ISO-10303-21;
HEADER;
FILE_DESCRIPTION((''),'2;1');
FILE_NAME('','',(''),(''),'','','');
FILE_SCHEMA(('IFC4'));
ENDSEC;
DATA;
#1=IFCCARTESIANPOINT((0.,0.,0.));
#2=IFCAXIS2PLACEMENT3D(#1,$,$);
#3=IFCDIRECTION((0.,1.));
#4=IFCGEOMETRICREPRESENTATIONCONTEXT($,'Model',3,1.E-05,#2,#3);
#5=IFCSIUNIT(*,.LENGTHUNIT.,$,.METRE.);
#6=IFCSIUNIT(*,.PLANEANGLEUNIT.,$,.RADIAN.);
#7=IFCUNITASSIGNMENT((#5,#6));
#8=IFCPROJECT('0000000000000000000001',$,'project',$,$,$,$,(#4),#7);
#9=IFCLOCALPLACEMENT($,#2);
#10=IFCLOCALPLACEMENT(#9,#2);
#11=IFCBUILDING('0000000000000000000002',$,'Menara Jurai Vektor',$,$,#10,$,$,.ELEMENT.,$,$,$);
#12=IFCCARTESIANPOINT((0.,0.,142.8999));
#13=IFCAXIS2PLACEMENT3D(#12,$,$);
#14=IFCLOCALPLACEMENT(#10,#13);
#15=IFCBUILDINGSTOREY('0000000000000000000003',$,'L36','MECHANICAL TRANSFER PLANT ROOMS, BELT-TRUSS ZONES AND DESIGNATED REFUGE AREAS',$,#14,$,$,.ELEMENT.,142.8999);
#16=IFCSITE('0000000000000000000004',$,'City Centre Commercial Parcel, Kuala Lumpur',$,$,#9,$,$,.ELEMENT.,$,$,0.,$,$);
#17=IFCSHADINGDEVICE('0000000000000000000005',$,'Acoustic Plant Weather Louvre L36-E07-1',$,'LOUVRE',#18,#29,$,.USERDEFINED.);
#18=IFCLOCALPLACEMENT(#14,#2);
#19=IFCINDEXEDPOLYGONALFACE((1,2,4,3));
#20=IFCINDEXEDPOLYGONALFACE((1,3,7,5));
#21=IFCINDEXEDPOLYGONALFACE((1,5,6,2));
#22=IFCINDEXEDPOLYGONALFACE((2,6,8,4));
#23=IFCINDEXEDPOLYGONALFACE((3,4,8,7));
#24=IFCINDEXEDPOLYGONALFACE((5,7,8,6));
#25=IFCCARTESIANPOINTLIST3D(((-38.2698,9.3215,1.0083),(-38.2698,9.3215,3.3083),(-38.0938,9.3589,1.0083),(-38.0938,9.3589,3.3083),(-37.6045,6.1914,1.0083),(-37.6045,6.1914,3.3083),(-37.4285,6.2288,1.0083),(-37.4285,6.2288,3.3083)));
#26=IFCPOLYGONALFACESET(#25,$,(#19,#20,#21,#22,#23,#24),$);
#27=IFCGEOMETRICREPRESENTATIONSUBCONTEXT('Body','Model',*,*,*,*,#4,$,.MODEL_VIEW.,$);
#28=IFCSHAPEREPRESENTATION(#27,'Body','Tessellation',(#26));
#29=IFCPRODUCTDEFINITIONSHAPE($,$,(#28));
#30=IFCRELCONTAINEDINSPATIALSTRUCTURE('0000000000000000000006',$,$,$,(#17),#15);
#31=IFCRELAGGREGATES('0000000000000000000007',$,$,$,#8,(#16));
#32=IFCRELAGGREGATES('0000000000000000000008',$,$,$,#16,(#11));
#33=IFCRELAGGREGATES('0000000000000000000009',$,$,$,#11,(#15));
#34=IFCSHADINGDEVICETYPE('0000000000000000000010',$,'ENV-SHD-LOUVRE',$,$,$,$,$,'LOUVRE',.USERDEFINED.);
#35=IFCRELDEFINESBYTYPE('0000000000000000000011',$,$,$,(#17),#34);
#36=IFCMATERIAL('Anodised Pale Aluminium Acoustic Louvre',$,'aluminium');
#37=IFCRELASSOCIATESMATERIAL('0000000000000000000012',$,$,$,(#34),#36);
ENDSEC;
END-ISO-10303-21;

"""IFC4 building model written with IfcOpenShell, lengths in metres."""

from ifc_helpers import new_model, si_unit, direction, frame, origin, origin_2d, place, context, subcontext, project, spatial, rectangle, extrude, material, type_object, element, save


model = new_model("IFC4")

# Units and contexts
model_context = context("Model", 3, precision=1e-05, world=origin(), true_north=direction((0.0, 1.0)))
body_context = subcontext(model_context, "Body", "Model", "MODEL_VIEW")
ifc_project = project(units=[si_unit("LENGTHUNIT", "METRE"), si_unit("PLANEANGLEUNIT", "RADIAN")], contexts=[model_context])

# Site, building, storey
site_placement = place(None, origin())
site = spatial("IfcSite", under=ifc_project, at=site_placement, Name="City Centre Commercial Parcel, Kuala Lumpur", CompositionType="ELEMENT", RefElevation=0.0)
building_placement = place(site_placement, origin())
building = spatial("IfcBuilding", under=site, at=building_placement, Name="Menara Jurai Vektor", CompositionType="ELEMENT")
storey_placement = place(building_placement, frame((0.0, 0.0, 142.8999)))
storey = spatial("IfcBuildingStorey", under=building, at=storey_placement, Name="L36", Description="MECHANICAL TRANSFER PLANT ROOMS, BELT-TRUSS ZONES AND DESIGNATED REFUGE AREAS", CompositionType="ELEMENT", Elevation=142.8999)

# Shading device
ifc_material_1 = material(Name="Anodised Pale Aluminium Acoustic Louvre", Category="aluminium")
shading_device_type = type_object("IfcShadingDeviceType", Name="ENV-SHD-LOUVRE", ElementType="LOUVRE", PredefinedType="USERDEFINED", material=ifc_material_1)
shading_device_placement = place(storey_placement, frame((-37.8491, 7.7751, 1.0083), z_axis=(0.0, 0.0, 1.0), x_axis=(0.207912, -0.978148, 0.0)))
element("IfcShadingDevice", 1, at=shading_device_placement, inside=storey, type_object=shading_device_type, Name="Acoustic Plant Weather Louvre L36-E07-1", ObjectType="LOUVRE", PredefinedType="USERDEFINED", context=body_context, shape_type="SweptSolid", body=[
    extrude(rectangle(XDim=3.2, YDim=0.1799, at=origin_2d()), origin(), (0.0, 0.0, 1.0), 2.3),
])

save(model, "model.ifc")
